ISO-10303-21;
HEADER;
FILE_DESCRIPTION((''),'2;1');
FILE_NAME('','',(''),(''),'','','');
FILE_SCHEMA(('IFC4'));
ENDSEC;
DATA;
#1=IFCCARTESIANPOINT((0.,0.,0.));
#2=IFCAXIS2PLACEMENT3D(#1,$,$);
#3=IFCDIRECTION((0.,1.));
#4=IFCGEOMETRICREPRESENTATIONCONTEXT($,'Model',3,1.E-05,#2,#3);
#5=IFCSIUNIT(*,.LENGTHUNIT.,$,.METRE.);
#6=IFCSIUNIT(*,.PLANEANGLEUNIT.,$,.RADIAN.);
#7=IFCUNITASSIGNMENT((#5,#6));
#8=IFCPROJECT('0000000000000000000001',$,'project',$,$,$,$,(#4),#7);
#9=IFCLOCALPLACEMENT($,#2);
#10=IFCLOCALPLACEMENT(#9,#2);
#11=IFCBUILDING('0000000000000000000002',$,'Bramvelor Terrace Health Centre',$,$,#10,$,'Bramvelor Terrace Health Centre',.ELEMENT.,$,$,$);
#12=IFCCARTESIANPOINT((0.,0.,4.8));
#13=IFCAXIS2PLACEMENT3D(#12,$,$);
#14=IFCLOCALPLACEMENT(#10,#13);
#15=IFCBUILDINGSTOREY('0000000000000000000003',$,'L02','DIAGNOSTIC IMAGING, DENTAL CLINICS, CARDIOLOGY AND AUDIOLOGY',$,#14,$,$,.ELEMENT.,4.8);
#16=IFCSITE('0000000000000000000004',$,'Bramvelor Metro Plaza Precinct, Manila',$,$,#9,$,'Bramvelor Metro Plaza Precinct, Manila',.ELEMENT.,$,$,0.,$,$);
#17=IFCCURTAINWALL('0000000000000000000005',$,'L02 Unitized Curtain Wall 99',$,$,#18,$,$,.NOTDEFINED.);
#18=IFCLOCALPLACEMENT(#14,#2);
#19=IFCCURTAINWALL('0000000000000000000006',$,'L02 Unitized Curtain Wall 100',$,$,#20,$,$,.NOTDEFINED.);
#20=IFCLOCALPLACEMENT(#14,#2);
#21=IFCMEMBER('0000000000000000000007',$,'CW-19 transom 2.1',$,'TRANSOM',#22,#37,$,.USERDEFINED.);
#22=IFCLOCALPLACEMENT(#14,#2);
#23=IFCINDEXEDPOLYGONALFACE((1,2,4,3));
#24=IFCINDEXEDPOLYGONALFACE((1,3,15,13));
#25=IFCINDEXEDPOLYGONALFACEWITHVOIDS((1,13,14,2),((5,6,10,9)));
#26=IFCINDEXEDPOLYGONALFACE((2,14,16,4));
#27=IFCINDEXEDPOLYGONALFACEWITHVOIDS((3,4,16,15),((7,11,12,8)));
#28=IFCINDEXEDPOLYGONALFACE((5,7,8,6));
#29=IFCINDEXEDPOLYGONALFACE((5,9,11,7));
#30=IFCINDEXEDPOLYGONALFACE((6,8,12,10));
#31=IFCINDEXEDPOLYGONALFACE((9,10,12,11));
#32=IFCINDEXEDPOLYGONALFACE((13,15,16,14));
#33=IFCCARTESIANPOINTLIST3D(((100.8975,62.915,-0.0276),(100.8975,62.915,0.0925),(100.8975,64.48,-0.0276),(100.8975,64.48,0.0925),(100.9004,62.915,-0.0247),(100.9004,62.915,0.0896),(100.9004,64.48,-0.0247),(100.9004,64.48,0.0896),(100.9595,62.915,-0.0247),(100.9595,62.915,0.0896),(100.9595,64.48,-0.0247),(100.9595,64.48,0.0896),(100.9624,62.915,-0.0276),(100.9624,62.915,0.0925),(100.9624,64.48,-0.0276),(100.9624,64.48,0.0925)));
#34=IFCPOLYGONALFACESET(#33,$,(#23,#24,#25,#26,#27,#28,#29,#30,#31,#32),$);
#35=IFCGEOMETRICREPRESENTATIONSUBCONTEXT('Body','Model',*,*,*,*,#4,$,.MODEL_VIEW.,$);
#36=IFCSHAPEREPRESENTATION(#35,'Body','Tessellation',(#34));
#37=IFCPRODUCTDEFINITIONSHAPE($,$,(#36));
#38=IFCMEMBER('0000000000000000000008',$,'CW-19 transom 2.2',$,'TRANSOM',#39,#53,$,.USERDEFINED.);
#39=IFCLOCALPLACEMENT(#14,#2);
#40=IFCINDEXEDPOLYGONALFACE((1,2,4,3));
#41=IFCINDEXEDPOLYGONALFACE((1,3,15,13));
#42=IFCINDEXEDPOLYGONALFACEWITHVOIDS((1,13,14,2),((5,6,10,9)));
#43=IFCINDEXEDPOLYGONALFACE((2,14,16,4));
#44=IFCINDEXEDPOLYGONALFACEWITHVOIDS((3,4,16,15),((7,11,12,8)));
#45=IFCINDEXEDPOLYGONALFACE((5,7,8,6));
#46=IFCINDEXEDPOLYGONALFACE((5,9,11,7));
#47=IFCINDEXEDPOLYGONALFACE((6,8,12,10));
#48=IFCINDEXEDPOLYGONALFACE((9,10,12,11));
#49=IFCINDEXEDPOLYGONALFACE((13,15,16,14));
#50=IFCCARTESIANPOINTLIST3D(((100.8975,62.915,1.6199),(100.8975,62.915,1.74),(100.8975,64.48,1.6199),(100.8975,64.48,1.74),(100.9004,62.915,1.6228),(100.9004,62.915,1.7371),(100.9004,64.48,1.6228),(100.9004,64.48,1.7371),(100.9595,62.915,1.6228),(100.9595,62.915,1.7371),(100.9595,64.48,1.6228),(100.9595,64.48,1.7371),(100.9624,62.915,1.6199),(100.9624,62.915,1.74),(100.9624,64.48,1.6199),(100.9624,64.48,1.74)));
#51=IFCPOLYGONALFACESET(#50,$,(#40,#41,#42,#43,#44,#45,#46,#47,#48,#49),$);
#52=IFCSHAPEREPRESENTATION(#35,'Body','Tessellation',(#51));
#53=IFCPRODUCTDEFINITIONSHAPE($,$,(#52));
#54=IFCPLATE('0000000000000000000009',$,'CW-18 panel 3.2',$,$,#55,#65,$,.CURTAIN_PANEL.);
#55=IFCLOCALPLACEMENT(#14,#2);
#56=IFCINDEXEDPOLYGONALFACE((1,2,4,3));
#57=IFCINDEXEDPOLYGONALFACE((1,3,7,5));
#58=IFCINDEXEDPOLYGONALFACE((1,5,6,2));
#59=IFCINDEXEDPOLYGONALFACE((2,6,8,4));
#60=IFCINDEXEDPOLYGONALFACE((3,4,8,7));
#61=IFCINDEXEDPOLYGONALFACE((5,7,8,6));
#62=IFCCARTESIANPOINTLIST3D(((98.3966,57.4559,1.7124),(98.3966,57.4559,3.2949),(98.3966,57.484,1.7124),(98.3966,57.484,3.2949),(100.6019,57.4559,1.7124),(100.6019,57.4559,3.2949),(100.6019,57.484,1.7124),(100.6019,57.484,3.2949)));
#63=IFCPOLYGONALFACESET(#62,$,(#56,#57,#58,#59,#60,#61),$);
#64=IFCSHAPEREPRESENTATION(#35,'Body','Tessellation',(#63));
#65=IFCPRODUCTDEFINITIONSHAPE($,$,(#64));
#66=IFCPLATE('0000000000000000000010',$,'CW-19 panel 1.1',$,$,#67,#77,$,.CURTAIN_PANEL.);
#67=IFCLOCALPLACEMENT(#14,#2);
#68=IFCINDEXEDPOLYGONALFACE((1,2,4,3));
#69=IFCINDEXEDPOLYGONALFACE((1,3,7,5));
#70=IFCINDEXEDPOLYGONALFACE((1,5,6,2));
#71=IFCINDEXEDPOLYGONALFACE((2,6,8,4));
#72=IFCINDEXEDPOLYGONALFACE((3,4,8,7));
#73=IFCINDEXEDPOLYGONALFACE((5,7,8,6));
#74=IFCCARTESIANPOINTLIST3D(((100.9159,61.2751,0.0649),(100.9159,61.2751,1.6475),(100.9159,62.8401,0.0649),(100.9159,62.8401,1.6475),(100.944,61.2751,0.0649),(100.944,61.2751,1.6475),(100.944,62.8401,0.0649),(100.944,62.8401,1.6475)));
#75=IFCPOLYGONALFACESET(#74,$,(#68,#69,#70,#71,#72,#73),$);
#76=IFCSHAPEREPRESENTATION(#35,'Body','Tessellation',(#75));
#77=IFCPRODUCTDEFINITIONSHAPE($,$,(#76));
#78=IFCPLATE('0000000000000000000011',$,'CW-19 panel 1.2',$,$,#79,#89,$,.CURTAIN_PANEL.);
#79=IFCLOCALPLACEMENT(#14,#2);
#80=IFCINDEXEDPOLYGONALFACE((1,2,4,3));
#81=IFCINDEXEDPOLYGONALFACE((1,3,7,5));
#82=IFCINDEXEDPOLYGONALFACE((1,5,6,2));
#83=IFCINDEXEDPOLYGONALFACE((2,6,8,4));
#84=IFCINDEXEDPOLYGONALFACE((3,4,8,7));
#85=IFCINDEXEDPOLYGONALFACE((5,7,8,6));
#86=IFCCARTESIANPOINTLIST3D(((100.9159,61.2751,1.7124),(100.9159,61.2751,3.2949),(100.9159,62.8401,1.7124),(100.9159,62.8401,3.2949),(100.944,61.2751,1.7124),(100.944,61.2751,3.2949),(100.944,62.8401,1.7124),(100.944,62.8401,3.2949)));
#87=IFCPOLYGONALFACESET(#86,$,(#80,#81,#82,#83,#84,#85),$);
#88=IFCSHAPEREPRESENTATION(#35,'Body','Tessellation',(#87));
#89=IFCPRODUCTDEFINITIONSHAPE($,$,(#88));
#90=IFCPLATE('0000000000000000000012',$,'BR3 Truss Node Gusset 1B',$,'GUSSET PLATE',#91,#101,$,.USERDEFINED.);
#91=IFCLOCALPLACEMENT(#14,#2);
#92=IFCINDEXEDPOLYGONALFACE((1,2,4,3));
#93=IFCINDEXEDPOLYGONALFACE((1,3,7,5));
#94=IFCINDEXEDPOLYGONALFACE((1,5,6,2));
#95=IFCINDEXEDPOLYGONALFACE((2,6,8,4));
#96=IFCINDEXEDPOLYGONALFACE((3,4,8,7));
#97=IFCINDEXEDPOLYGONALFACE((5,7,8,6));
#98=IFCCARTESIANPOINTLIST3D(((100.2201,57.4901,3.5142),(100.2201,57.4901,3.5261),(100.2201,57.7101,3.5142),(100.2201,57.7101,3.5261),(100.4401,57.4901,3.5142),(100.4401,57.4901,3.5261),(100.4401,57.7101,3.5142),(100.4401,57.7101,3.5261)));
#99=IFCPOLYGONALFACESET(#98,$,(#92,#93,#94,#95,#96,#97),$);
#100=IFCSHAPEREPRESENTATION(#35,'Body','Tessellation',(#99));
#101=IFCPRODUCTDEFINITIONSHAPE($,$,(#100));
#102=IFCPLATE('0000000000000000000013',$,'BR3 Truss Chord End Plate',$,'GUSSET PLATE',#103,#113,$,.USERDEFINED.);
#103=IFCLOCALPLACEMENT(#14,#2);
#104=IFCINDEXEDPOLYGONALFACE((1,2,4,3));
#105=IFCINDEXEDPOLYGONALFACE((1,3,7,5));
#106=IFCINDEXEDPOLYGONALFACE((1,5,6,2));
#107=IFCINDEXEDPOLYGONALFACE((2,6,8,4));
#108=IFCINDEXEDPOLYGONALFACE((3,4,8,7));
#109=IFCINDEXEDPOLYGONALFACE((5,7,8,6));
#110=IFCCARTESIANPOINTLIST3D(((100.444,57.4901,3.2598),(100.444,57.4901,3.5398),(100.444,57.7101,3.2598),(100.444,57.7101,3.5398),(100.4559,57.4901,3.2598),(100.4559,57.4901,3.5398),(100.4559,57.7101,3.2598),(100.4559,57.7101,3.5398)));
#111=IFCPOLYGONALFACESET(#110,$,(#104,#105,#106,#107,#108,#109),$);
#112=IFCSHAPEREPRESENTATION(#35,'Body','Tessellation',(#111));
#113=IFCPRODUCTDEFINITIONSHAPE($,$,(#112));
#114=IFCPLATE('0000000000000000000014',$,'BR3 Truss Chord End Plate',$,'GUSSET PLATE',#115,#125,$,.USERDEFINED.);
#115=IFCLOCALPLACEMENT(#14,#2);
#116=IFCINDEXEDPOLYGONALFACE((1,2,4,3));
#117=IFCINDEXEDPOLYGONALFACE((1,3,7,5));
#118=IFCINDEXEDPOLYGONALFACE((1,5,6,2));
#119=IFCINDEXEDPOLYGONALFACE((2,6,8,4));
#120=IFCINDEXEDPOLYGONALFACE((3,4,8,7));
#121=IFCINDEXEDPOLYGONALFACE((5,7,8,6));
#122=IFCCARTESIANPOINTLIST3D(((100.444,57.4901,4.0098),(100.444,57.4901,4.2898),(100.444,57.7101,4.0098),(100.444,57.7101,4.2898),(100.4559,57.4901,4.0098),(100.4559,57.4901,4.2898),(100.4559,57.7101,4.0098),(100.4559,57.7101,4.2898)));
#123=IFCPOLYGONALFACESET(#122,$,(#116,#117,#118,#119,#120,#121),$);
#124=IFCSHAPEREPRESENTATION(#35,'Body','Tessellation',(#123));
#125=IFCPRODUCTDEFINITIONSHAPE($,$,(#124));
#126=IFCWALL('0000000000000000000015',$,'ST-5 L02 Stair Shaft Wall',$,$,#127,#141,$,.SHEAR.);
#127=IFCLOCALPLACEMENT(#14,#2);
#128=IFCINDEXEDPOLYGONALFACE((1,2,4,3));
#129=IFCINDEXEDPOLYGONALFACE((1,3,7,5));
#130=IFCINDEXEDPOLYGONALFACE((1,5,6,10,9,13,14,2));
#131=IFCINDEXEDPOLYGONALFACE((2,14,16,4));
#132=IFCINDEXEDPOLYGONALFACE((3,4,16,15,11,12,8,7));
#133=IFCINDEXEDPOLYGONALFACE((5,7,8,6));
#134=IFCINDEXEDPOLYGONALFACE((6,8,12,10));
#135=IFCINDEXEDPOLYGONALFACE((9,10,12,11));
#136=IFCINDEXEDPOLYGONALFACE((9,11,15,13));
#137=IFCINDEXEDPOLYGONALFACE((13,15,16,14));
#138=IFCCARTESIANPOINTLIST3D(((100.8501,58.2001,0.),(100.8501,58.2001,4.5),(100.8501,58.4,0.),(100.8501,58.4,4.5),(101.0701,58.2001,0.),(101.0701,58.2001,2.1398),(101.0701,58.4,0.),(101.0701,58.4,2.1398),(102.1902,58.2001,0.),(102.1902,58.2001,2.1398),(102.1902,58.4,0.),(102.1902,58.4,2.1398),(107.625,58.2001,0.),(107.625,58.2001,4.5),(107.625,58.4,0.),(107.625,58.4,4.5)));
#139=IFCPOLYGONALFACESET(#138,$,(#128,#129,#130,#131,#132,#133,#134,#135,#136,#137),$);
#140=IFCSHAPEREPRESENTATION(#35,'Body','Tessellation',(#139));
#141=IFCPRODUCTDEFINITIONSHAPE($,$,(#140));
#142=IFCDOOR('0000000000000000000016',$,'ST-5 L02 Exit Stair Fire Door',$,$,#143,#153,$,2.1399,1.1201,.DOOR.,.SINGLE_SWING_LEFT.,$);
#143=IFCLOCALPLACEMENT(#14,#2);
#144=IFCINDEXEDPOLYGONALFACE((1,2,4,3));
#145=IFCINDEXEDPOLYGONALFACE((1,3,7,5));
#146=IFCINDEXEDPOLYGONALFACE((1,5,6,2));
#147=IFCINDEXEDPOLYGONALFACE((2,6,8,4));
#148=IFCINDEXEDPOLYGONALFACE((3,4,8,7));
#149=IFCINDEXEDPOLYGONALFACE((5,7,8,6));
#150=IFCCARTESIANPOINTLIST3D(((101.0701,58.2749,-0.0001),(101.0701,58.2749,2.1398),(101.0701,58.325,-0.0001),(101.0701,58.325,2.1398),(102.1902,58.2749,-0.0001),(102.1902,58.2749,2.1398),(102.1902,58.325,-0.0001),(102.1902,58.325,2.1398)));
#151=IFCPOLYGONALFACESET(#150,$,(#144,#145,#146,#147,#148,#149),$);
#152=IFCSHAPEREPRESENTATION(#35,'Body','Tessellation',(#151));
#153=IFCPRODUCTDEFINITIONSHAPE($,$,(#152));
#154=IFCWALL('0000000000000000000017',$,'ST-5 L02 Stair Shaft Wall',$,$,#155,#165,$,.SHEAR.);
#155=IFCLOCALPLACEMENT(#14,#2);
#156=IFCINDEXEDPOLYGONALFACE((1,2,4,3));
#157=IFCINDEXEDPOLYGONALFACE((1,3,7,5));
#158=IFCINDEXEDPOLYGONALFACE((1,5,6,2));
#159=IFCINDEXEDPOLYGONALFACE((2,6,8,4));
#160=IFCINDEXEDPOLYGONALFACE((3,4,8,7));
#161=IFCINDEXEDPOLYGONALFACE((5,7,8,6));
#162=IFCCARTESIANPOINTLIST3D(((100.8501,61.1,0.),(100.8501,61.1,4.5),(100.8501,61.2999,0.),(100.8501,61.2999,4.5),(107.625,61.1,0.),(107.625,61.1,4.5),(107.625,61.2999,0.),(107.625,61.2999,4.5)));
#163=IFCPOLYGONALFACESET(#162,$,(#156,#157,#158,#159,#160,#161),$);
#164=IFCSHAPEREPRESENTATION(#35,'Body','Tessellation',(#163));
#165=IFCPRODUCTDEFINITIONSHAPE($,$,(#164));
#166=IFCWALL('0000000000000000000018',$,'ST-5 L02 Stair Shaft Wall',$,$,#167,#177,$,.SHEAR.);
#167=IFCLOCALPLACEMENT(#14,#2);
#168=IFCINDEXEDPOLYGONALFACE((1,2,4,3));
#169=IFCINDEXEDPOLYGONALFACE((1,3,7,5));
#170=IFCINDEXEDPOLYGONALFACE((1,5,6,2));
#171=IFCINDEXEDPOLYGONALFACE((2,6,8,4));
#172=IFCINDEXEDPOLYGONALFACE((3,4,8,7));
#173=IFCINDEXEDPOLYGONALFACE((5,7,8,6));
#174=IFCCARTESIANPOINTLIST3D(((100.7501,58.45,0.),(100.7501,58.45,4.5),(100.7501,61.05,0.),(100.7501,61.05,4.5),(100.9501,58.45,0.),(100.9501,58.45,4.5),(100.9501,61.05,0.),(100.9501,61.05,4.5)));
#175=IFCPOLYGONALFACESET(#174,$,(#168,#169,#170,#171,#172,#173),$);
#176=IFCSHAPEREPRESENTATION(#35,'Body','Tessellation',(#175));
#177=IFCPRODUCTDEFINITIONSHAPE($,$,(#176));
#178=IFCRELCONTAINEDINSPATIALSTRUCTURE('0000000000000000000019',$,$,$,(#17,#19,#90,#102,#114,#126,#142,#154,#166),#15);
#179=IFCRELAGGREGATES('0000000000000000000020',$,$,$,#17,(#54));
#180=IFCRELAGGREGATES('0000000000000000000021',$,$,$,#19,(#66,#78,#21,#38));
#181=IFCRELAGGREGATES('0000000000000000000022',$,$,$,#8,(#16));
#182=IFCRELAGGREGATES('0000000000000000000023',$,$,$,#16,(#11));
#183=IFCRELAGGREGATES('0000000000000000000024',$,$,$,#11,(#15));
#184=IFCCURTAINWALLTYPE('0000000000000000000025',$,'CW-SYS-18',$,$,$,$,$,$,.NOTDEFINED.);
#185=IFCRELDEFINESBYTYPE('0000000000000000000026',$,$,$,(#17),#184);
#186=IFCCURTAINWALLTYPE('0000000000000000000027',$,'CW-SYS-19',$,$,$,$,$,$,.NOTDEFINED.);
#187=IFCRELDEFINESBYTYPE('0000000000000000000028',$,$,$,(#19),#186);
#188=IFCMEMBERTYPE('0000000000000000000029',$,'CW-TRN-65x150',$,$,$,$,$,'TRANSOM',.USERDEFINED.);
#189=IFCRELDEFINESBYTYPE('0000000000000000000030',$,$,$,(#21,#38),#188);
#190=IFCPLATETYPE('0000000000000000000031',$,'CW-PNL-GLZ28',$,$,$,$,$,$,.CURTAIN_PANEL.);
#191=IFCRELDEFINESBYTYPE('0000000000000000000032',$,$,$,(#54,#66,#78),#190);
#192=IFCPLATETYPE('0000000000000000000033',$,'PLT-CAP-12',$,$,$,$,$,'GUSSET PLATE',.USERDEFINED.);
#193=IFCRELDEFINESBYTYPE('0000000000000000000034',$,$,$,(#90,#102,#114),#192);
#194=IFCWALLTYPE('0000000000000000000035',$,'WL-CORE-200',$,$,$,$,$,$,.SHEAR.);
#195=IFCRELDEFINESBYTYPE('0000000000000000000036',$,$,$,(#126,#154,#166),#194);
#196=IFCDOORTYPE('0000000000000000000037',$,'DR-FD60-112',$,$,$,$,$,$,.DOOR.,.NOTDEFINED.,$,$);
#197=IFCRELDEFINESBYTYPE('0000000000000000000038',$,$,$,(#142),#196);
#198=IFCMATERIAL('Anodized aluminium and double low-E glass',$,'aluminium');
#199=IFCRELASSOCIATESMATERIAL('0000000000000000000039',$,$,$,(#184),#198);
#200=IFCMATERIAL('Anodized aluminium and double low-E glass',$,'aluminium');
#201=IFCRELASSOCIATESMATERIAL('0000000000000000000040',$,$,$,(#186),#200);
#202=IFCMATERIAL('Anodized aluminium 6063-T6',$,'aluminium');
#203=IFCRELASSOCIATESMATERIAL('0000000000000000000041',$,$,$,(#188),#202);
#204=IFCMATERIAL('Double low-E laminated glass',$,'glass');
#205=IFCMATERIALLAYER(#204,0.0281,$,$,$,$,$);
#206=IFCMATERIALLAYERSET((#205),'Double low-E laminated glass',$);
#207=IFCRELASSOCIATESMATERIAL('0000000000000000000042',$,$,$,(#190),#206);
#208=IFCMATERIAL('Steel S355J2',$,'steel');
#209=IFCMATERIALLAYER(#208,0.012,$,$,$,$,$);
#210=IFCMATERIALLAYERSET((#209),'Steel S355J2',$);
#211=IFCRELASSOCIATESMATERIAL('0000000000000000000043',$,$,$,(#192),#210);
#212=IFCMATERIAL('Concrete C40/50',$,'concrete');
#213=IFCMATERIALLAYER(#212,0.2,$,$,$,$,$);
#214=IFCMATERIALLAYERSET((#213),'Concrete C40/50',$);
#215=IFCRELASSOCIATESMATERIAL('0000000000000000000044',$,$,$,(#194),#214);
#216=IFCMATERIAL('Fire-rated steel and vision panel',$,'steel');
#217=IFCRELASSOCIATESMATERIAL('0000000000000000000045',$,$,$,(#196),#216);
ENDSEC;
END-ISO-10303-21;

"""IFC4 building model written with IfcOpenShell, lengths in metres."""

from ifc_helpers import new_model, si_unit, direction, frame, frame_2d, origin, origin_2d, place, context, subcontext, project, spatial, rectangle, hollow_rectangle, extrude, material, layer, layer_set, material_profile, profile_set, type_object, element, fill, aggregate, save


model = new_model("IFC4")

# Units and contexts
model_context = context("Model", 3, precision=1e-05, world=origin(), true_north=direction((0.0, 1.0)))
body_context = subcontext(model_context, "Body", "Model", "MODEL_VIEW")
ifc_project = project(units=[si_unit("LENGTHUNIT", "METRE"), si_unit("PLANEANGLEUNIT", "RADIAN")], contexts=[model_context])

# Site, building, storey
site_placement = place(None, origin())
site = spatial("IfcSite", under=ifc_project, at=site_placement, Name="Bramvelor Metro Plaza Precinct, Manila", LongName="Bramvelor Metro Plaza Precinct, Manila", CompositionType="ELEMENT", RefElevation=0.0)
building_placement = place(site_placement, origin())
building = spatial("IfcBuilding", under=site, at=building_placement, Name="Bramvelor Terrace Health Centre", LongName="Bramvelor Terrace Health Centre", CompositionType="ELEMENT")
storey_placement = place(building_placement, frame((0.0, 0.0, 4.8)))
storey = spatial("IfcBuildingStorey", under=building, at=storey_placement, Name="L02", Description="DIAGNOSTIC IMAGING, DENTAL CLINICS, CARDIOLOGY AND AUDIOLOGY", CompositionType="ELEMENT", Elevation=4.8)

# Curtain wall
ifc_material_1 = material(Name="Anodized aluminium and double low-E glass", Category="aluminium")
curtain_wall_type_1 = type_object("IfcCurtainWallType", Name="CW-SYS-18", PredefinedType="NOTDEFINED", material=ifc_material_1)
curtain_wall_1_placement = place(storey_placement, origin())
curtain_wall_1 = element("IfcCurtainWall", 1, at=curtain_wall_1_placement, inside=storey, type_object=curtain_wall_type_1, Name="L02 Unitized Curtain Wall 99", PredefinedType="NOTDEFINED")

# Curtain wall, members
ifc_material_2 = material(Name="Anodized aluminium and double low-E glass", Category="aluminium")
curtain_wall_type_2 = type_object("IfcCurtainWallType", Name="CW-SYS-19", PredefinedType="NOTDEFINED", material=ifc_material_2)
curtain_wall_2_placement = place(storey_placement, origin())
curtain_wall_2 = element("IfcCurtainWall", 2, at=curtain_wall_2_placement, inside=storey, type_object=curtain_wall_type_2, Name="L02 Unitized Curtain Wall 100", PredefinedType="NOTDEFINED")
ifc_material_3 = material(Name="Anodized aluminium 6063-T6", Category="aluminium")
ifc_material_profile_1 = material_profile(ifc_material_3, hollow_rectangle(XDim=0.0649, YDim=0.1201, WallThickness=0.0029, at=origin_2d()), Name="ALU-TRN 65x120x3.0")
ifc_profile_set_1 = profile_set([ifc_material_profile_1], Name="Anodized aluminium 6063-T6")
member_type_1 = type_object("IfcMemberType", Name="CW-TRN-65x150", ElementType="TRANSOM", PredefinedType="USERDEFINED", material=ifc_profile_set_1)
member_1_placement = place(storey_placement, frame((100.9299, 62.915, 0.0325), z_axis=(0.0, 1.0, 0.0), x_axis=(-1.0, 0.0, 0.0)))
member_1 = element("IfcMember", 3, at=member_1_placement, type_object=member_type_1, Name="CW-19 transom 2.1", ObjectType="TRANSOM", PredefinedType="USERDEFINED", context=body_context, shape_type="SweptSolid", body=[
    extrude(hollow_rectangle(XDim=0.0649, YDim=0.1201, WallThickness=0.0029, at=origin_2d()), origin(), (0.0, 0.0, 1.0), 1.5649),
])
member_2_placement = place(storey_placement, frame((100.9299, 62.915, 1.6799), z_axis=(0.0, 1.0, 0.0), x_axis=(-1.0, 0.0, 0.0)))
member_2 = element("IfcMember", 4, at=member_2_placement, type_object=member_type_1, Name="CW-19 transom 2.2", ObjectType="TRANSOM", PredefinedType="USERDEFINED", context=body_context, shape_type="SweptSolid", body=[
    extrude(hollow_rectangle(XDim=0.0649, YDim=0.1201, WallThickness=0.0029, at=origin_2d()), origin(), (0.0, 0.0, 1.0), 1.5649),
])

# Plates
ifc_material_4 = material(Name="Double low-E laminated glass", Category="glass")
ifc_layer_1 = layer(ifc_material_4, 0.0281)
ifc_layer_set_1 = layer_set([ifc_layer_1], Name="Double low-E laminated glass")
plate_type_1 = type_object("IfcPlateType", Name="CW-PNL-GLZ28", PredefinedType="CURTAIN_PANEL", material=ifc_layer_set_1)
plate_1_placement = place(storey_placement, frame((99.4993, 57.47, 1.7124), z_axis=(0.0, 0.0, 1.0), x_axis=(1.0, 0.0, 0.0)))
plate_1 = element("IfcPlate", 5, at=plate_1_placement, type_object=plate_type_1, Name="CW-18 panel 3.2", PredefinedType="CURTAIN_PANEL", context=body_context, shape_type="SweptSolid", body=[
    extrude(rectangle(XDim=2.2053, YDim=0.0281, at=origin_2d()), origin(), (0.0, 0.0, 1.0), 1.5825),
])
aggregate(curtain_wall_1, [plate_1])
plate_2_placement = place(storey_placement, frame((100.9299, 62.0576, 0.0649), z_axis=(0.0, 0.0, 1.0), x_axis=(0.0, 1.0, 0.0)))
plate_2 = element("IfcPlate", 6, at=plate_2_placement, type_object=plate_type_1, Name="CW-19 panel 1.1", PredefinedType="CURTAIN_PANEL", context=body_context, shape_type="SweptSolid", body=[
    extrude(rectangle(XDim=1.5649, YDim=0.0281, at=origin_2d()), origin(), (0.0, 0.0, 1.0), 1.5825),
])
plate_3_placement = place(storey_placement, frame((100.9299, 62.0576, 1.7124), z_axis=(0.0, 0.0, 1.0), x_axis=(0.0, 1.0, 0.0)))
plate_3 = element("IfcPlate", 7, at=plate_3_placement, type_object=plate_type_1, Name="CW-19 panel 1.2", PredefinedType="CURTAIN_PANEL", context=body_context, shape_type="SweptSolid", body=[
    extrude(rectangle(XDim=1.5649, YDim=0.0281, at=origin_2d()), origin(), (0.0, 0.0, 1.0), 1.5825),
])
aggregate(curtain_wall_2, [plate_2, plate_3, member_1, member_2])

# Plates
ifc_material_5 = material(Name="Steel S355J2", Category="steel")
ifc_layer_2 = layer(ifc_material_5, 0.012)
ifc_layer_set_2 = layer_set([ifc_layer_2], Name="Steel S355J2")
plate_type_2 = type_object("IfcPlateType", Name="PLT-CAP-12", ElementType="GUSSET PLATE", PredefinedType="USERDEFINED", material=ifc_layer_set_2)
plate_4_placement = place(storey_placement, frame((100.3301, 57.6001, 3.5142), z_axis=(0.0, 0.0, 1.0), x_axis=(1.0, 0.0, 0.0)))
element("IfcPlate", 8, at=plate_4_placement, inside=storey, type_object=plate_type_2, Name="BR3 Truss Node Gusset 1B", ObjectType="GUSSET PLATE", PredefinedType="USERDEFINED", context=body_context, shape_type="SweptSolid", body=[
    extrude(rectangle(XDim=0.22, YDim=0.22, at=origin_2d()), origin(), (0.0, 0.0, 1.0), 0.012),
])
for number, where, z_axis, x_axis, name in (
    (9, (100.45, 57.6001, 3.2598), (0.0, 0.0, 1.0), (1.0, 0.0, 0.0), "BR3 Truss Chord End Plate"),
    (10, (100.45, 57.6001, 4.0098), (0.0, 0.0, 1.0), (1.0, 0.0, 0.0), "BR3 Truss Chord End Plate"),
):
    element("IfcPlate", number, at=place(storey_placement, frame(where, z_axis=z_axis, x_axis=x_axis)), inside=storey, type_object=plate_type_2, Name=name, ObjectType="GUSSET PLATE", PredefinedType="USERDEFINED", context=body_context, shape_type="SweptSolid", body=[
        extrude(rectangle(XDim=0.012, YDim=0.22, at=origin_2d()), origin(), (0.0, 0.0, 1.0), 0.28),
    ])

# Wall, opening, door
ifc_material_6 = material(Name="Concrete C40/50", Category="concrete")
ifc_layer_3 = layer(ifc_material_6, 0.2)
ifc_layer_set_3 = layer_set([ifc_layer_3], Name="Concrete C40/50")
wall_type = type_object("IfcWallType", Name="WL-CORE-200", PredefinedType="SHEAR", material=ifc_layer_set_3)
wall_1_placement = place(storey_placement, frame((100.8501, 58.3, 0.0), z_axis=(0.0, 0.0, 1.0), x_axis=(1.0, 0.0, 0.0)))
wall_1 = element("IfcWall", 11, at=wall_1_placement, inside=storey, type_object=wall_type, Name="ST-5 L02 Stair Shaft Wall", PredefinedType="SHEAR", context=body_context, shape_type="SweptSolid", body=[
    extrude(rectangle(XDim=6.7749, YDim=0.2, at=frame_2d((3.3875, 0.0))), origin(), (0.0, 0.0, 1.0), 4.5),
])
opening_placement = place(wall_1_placement, frame((0.22, 0.0, 0.0)))
opening = element("IfcOpeningElement", 12, at=opening_placement, cuts=wall_1, PredefinedType="OPENING", context=body_context, shape_type="SweptSolid", body=[
    extrude(rectangle(XDim=1.1201, YDim=2.1399, at=frame_2d((0.5601, 1.0698))), frame((0.0, 0.1099, 0.0), z_axis=(0.0, -1.0, 0.0), x_axis=(1.0, 0.0, 0.0)), (0.0, 0.0, 1.0), 0.22),
])
ifc_material_7 = material(Name="Fire-rated steel and vision panel", Category="steel")
door_type = type_object("IfcDoorType", Name="DR-FD60-112", OperationType="NOTDEFINED", PredefinedType="DOOR", material=ifc_material_7)
door_placement = place(opening_placement, origin())
door = element("IfcDoor", 13, at=door_placement, inside=storey, type_object=door_type, Name="ST-5 L02 Exit Stair Fire Door", OperationType="SINGLE_SWING_LEFT", OverallHeight=2.1399, OverallWidth=1.1201, PredefinedType="DOOR", context=body_context, shape_type="SweptSolid", body=[
    extrude(rectangle(XDim=1.1201, YDim=2.1399, at=frame_2d((0.5601, 1.0698))), frame((0.0, 0.0249, 0.0), z_axis=(0.0, -1.0, 0.0), x_axis=(1.0, 0.0, 0.0)), (0.0, 0.0, 1.0), 0.05),
])
fill(opening, door)

# Walls
wall_2_placement = place(storey_placement, frame((100.8501, 61.2, 0.0), z_axis=(0.0, 0.0, 1.0), x_axis=(1.0, 0.0, 0.0)))
element("IfcWall", 14, at=wall_2_placement, inside=storey, type_object=wall_type, Name="ST-5 L02 Stair Shaft Wall", PredefinedType="SHEAR", context=body_context, shape_type="SweptSolid", body=[
    extrude(rectangle(XDim=6.7749, YDim=0.2, at=frame_2d((3.3875, 0.0))), origin(), (0.0, 0.0, 1.0), 4.5),
])
wall_3_placement = place(storey_placement, frame((100.8501, 58.45, 0.0), z_axis=(0.0, 0.0, 1.0), x_axis=(0.0, 1.0, 0.0)))
element("IfcWall", 15, at=wall_3_placement, inside=storey, type_object=wall_type, Name="ST-5 L02 Stair Shaft Wall", PredefinedType="SHEAR", context=body_context, shape_type="SweptSolid", body=[
    extrude(rectangle(XDim=2.6001, YDim=0.2, at=frame_2d((1.3, 0.0))), origin(), (0.0, 0.0, 1.0), 4.5),
])

save(model, "model.ifc")
